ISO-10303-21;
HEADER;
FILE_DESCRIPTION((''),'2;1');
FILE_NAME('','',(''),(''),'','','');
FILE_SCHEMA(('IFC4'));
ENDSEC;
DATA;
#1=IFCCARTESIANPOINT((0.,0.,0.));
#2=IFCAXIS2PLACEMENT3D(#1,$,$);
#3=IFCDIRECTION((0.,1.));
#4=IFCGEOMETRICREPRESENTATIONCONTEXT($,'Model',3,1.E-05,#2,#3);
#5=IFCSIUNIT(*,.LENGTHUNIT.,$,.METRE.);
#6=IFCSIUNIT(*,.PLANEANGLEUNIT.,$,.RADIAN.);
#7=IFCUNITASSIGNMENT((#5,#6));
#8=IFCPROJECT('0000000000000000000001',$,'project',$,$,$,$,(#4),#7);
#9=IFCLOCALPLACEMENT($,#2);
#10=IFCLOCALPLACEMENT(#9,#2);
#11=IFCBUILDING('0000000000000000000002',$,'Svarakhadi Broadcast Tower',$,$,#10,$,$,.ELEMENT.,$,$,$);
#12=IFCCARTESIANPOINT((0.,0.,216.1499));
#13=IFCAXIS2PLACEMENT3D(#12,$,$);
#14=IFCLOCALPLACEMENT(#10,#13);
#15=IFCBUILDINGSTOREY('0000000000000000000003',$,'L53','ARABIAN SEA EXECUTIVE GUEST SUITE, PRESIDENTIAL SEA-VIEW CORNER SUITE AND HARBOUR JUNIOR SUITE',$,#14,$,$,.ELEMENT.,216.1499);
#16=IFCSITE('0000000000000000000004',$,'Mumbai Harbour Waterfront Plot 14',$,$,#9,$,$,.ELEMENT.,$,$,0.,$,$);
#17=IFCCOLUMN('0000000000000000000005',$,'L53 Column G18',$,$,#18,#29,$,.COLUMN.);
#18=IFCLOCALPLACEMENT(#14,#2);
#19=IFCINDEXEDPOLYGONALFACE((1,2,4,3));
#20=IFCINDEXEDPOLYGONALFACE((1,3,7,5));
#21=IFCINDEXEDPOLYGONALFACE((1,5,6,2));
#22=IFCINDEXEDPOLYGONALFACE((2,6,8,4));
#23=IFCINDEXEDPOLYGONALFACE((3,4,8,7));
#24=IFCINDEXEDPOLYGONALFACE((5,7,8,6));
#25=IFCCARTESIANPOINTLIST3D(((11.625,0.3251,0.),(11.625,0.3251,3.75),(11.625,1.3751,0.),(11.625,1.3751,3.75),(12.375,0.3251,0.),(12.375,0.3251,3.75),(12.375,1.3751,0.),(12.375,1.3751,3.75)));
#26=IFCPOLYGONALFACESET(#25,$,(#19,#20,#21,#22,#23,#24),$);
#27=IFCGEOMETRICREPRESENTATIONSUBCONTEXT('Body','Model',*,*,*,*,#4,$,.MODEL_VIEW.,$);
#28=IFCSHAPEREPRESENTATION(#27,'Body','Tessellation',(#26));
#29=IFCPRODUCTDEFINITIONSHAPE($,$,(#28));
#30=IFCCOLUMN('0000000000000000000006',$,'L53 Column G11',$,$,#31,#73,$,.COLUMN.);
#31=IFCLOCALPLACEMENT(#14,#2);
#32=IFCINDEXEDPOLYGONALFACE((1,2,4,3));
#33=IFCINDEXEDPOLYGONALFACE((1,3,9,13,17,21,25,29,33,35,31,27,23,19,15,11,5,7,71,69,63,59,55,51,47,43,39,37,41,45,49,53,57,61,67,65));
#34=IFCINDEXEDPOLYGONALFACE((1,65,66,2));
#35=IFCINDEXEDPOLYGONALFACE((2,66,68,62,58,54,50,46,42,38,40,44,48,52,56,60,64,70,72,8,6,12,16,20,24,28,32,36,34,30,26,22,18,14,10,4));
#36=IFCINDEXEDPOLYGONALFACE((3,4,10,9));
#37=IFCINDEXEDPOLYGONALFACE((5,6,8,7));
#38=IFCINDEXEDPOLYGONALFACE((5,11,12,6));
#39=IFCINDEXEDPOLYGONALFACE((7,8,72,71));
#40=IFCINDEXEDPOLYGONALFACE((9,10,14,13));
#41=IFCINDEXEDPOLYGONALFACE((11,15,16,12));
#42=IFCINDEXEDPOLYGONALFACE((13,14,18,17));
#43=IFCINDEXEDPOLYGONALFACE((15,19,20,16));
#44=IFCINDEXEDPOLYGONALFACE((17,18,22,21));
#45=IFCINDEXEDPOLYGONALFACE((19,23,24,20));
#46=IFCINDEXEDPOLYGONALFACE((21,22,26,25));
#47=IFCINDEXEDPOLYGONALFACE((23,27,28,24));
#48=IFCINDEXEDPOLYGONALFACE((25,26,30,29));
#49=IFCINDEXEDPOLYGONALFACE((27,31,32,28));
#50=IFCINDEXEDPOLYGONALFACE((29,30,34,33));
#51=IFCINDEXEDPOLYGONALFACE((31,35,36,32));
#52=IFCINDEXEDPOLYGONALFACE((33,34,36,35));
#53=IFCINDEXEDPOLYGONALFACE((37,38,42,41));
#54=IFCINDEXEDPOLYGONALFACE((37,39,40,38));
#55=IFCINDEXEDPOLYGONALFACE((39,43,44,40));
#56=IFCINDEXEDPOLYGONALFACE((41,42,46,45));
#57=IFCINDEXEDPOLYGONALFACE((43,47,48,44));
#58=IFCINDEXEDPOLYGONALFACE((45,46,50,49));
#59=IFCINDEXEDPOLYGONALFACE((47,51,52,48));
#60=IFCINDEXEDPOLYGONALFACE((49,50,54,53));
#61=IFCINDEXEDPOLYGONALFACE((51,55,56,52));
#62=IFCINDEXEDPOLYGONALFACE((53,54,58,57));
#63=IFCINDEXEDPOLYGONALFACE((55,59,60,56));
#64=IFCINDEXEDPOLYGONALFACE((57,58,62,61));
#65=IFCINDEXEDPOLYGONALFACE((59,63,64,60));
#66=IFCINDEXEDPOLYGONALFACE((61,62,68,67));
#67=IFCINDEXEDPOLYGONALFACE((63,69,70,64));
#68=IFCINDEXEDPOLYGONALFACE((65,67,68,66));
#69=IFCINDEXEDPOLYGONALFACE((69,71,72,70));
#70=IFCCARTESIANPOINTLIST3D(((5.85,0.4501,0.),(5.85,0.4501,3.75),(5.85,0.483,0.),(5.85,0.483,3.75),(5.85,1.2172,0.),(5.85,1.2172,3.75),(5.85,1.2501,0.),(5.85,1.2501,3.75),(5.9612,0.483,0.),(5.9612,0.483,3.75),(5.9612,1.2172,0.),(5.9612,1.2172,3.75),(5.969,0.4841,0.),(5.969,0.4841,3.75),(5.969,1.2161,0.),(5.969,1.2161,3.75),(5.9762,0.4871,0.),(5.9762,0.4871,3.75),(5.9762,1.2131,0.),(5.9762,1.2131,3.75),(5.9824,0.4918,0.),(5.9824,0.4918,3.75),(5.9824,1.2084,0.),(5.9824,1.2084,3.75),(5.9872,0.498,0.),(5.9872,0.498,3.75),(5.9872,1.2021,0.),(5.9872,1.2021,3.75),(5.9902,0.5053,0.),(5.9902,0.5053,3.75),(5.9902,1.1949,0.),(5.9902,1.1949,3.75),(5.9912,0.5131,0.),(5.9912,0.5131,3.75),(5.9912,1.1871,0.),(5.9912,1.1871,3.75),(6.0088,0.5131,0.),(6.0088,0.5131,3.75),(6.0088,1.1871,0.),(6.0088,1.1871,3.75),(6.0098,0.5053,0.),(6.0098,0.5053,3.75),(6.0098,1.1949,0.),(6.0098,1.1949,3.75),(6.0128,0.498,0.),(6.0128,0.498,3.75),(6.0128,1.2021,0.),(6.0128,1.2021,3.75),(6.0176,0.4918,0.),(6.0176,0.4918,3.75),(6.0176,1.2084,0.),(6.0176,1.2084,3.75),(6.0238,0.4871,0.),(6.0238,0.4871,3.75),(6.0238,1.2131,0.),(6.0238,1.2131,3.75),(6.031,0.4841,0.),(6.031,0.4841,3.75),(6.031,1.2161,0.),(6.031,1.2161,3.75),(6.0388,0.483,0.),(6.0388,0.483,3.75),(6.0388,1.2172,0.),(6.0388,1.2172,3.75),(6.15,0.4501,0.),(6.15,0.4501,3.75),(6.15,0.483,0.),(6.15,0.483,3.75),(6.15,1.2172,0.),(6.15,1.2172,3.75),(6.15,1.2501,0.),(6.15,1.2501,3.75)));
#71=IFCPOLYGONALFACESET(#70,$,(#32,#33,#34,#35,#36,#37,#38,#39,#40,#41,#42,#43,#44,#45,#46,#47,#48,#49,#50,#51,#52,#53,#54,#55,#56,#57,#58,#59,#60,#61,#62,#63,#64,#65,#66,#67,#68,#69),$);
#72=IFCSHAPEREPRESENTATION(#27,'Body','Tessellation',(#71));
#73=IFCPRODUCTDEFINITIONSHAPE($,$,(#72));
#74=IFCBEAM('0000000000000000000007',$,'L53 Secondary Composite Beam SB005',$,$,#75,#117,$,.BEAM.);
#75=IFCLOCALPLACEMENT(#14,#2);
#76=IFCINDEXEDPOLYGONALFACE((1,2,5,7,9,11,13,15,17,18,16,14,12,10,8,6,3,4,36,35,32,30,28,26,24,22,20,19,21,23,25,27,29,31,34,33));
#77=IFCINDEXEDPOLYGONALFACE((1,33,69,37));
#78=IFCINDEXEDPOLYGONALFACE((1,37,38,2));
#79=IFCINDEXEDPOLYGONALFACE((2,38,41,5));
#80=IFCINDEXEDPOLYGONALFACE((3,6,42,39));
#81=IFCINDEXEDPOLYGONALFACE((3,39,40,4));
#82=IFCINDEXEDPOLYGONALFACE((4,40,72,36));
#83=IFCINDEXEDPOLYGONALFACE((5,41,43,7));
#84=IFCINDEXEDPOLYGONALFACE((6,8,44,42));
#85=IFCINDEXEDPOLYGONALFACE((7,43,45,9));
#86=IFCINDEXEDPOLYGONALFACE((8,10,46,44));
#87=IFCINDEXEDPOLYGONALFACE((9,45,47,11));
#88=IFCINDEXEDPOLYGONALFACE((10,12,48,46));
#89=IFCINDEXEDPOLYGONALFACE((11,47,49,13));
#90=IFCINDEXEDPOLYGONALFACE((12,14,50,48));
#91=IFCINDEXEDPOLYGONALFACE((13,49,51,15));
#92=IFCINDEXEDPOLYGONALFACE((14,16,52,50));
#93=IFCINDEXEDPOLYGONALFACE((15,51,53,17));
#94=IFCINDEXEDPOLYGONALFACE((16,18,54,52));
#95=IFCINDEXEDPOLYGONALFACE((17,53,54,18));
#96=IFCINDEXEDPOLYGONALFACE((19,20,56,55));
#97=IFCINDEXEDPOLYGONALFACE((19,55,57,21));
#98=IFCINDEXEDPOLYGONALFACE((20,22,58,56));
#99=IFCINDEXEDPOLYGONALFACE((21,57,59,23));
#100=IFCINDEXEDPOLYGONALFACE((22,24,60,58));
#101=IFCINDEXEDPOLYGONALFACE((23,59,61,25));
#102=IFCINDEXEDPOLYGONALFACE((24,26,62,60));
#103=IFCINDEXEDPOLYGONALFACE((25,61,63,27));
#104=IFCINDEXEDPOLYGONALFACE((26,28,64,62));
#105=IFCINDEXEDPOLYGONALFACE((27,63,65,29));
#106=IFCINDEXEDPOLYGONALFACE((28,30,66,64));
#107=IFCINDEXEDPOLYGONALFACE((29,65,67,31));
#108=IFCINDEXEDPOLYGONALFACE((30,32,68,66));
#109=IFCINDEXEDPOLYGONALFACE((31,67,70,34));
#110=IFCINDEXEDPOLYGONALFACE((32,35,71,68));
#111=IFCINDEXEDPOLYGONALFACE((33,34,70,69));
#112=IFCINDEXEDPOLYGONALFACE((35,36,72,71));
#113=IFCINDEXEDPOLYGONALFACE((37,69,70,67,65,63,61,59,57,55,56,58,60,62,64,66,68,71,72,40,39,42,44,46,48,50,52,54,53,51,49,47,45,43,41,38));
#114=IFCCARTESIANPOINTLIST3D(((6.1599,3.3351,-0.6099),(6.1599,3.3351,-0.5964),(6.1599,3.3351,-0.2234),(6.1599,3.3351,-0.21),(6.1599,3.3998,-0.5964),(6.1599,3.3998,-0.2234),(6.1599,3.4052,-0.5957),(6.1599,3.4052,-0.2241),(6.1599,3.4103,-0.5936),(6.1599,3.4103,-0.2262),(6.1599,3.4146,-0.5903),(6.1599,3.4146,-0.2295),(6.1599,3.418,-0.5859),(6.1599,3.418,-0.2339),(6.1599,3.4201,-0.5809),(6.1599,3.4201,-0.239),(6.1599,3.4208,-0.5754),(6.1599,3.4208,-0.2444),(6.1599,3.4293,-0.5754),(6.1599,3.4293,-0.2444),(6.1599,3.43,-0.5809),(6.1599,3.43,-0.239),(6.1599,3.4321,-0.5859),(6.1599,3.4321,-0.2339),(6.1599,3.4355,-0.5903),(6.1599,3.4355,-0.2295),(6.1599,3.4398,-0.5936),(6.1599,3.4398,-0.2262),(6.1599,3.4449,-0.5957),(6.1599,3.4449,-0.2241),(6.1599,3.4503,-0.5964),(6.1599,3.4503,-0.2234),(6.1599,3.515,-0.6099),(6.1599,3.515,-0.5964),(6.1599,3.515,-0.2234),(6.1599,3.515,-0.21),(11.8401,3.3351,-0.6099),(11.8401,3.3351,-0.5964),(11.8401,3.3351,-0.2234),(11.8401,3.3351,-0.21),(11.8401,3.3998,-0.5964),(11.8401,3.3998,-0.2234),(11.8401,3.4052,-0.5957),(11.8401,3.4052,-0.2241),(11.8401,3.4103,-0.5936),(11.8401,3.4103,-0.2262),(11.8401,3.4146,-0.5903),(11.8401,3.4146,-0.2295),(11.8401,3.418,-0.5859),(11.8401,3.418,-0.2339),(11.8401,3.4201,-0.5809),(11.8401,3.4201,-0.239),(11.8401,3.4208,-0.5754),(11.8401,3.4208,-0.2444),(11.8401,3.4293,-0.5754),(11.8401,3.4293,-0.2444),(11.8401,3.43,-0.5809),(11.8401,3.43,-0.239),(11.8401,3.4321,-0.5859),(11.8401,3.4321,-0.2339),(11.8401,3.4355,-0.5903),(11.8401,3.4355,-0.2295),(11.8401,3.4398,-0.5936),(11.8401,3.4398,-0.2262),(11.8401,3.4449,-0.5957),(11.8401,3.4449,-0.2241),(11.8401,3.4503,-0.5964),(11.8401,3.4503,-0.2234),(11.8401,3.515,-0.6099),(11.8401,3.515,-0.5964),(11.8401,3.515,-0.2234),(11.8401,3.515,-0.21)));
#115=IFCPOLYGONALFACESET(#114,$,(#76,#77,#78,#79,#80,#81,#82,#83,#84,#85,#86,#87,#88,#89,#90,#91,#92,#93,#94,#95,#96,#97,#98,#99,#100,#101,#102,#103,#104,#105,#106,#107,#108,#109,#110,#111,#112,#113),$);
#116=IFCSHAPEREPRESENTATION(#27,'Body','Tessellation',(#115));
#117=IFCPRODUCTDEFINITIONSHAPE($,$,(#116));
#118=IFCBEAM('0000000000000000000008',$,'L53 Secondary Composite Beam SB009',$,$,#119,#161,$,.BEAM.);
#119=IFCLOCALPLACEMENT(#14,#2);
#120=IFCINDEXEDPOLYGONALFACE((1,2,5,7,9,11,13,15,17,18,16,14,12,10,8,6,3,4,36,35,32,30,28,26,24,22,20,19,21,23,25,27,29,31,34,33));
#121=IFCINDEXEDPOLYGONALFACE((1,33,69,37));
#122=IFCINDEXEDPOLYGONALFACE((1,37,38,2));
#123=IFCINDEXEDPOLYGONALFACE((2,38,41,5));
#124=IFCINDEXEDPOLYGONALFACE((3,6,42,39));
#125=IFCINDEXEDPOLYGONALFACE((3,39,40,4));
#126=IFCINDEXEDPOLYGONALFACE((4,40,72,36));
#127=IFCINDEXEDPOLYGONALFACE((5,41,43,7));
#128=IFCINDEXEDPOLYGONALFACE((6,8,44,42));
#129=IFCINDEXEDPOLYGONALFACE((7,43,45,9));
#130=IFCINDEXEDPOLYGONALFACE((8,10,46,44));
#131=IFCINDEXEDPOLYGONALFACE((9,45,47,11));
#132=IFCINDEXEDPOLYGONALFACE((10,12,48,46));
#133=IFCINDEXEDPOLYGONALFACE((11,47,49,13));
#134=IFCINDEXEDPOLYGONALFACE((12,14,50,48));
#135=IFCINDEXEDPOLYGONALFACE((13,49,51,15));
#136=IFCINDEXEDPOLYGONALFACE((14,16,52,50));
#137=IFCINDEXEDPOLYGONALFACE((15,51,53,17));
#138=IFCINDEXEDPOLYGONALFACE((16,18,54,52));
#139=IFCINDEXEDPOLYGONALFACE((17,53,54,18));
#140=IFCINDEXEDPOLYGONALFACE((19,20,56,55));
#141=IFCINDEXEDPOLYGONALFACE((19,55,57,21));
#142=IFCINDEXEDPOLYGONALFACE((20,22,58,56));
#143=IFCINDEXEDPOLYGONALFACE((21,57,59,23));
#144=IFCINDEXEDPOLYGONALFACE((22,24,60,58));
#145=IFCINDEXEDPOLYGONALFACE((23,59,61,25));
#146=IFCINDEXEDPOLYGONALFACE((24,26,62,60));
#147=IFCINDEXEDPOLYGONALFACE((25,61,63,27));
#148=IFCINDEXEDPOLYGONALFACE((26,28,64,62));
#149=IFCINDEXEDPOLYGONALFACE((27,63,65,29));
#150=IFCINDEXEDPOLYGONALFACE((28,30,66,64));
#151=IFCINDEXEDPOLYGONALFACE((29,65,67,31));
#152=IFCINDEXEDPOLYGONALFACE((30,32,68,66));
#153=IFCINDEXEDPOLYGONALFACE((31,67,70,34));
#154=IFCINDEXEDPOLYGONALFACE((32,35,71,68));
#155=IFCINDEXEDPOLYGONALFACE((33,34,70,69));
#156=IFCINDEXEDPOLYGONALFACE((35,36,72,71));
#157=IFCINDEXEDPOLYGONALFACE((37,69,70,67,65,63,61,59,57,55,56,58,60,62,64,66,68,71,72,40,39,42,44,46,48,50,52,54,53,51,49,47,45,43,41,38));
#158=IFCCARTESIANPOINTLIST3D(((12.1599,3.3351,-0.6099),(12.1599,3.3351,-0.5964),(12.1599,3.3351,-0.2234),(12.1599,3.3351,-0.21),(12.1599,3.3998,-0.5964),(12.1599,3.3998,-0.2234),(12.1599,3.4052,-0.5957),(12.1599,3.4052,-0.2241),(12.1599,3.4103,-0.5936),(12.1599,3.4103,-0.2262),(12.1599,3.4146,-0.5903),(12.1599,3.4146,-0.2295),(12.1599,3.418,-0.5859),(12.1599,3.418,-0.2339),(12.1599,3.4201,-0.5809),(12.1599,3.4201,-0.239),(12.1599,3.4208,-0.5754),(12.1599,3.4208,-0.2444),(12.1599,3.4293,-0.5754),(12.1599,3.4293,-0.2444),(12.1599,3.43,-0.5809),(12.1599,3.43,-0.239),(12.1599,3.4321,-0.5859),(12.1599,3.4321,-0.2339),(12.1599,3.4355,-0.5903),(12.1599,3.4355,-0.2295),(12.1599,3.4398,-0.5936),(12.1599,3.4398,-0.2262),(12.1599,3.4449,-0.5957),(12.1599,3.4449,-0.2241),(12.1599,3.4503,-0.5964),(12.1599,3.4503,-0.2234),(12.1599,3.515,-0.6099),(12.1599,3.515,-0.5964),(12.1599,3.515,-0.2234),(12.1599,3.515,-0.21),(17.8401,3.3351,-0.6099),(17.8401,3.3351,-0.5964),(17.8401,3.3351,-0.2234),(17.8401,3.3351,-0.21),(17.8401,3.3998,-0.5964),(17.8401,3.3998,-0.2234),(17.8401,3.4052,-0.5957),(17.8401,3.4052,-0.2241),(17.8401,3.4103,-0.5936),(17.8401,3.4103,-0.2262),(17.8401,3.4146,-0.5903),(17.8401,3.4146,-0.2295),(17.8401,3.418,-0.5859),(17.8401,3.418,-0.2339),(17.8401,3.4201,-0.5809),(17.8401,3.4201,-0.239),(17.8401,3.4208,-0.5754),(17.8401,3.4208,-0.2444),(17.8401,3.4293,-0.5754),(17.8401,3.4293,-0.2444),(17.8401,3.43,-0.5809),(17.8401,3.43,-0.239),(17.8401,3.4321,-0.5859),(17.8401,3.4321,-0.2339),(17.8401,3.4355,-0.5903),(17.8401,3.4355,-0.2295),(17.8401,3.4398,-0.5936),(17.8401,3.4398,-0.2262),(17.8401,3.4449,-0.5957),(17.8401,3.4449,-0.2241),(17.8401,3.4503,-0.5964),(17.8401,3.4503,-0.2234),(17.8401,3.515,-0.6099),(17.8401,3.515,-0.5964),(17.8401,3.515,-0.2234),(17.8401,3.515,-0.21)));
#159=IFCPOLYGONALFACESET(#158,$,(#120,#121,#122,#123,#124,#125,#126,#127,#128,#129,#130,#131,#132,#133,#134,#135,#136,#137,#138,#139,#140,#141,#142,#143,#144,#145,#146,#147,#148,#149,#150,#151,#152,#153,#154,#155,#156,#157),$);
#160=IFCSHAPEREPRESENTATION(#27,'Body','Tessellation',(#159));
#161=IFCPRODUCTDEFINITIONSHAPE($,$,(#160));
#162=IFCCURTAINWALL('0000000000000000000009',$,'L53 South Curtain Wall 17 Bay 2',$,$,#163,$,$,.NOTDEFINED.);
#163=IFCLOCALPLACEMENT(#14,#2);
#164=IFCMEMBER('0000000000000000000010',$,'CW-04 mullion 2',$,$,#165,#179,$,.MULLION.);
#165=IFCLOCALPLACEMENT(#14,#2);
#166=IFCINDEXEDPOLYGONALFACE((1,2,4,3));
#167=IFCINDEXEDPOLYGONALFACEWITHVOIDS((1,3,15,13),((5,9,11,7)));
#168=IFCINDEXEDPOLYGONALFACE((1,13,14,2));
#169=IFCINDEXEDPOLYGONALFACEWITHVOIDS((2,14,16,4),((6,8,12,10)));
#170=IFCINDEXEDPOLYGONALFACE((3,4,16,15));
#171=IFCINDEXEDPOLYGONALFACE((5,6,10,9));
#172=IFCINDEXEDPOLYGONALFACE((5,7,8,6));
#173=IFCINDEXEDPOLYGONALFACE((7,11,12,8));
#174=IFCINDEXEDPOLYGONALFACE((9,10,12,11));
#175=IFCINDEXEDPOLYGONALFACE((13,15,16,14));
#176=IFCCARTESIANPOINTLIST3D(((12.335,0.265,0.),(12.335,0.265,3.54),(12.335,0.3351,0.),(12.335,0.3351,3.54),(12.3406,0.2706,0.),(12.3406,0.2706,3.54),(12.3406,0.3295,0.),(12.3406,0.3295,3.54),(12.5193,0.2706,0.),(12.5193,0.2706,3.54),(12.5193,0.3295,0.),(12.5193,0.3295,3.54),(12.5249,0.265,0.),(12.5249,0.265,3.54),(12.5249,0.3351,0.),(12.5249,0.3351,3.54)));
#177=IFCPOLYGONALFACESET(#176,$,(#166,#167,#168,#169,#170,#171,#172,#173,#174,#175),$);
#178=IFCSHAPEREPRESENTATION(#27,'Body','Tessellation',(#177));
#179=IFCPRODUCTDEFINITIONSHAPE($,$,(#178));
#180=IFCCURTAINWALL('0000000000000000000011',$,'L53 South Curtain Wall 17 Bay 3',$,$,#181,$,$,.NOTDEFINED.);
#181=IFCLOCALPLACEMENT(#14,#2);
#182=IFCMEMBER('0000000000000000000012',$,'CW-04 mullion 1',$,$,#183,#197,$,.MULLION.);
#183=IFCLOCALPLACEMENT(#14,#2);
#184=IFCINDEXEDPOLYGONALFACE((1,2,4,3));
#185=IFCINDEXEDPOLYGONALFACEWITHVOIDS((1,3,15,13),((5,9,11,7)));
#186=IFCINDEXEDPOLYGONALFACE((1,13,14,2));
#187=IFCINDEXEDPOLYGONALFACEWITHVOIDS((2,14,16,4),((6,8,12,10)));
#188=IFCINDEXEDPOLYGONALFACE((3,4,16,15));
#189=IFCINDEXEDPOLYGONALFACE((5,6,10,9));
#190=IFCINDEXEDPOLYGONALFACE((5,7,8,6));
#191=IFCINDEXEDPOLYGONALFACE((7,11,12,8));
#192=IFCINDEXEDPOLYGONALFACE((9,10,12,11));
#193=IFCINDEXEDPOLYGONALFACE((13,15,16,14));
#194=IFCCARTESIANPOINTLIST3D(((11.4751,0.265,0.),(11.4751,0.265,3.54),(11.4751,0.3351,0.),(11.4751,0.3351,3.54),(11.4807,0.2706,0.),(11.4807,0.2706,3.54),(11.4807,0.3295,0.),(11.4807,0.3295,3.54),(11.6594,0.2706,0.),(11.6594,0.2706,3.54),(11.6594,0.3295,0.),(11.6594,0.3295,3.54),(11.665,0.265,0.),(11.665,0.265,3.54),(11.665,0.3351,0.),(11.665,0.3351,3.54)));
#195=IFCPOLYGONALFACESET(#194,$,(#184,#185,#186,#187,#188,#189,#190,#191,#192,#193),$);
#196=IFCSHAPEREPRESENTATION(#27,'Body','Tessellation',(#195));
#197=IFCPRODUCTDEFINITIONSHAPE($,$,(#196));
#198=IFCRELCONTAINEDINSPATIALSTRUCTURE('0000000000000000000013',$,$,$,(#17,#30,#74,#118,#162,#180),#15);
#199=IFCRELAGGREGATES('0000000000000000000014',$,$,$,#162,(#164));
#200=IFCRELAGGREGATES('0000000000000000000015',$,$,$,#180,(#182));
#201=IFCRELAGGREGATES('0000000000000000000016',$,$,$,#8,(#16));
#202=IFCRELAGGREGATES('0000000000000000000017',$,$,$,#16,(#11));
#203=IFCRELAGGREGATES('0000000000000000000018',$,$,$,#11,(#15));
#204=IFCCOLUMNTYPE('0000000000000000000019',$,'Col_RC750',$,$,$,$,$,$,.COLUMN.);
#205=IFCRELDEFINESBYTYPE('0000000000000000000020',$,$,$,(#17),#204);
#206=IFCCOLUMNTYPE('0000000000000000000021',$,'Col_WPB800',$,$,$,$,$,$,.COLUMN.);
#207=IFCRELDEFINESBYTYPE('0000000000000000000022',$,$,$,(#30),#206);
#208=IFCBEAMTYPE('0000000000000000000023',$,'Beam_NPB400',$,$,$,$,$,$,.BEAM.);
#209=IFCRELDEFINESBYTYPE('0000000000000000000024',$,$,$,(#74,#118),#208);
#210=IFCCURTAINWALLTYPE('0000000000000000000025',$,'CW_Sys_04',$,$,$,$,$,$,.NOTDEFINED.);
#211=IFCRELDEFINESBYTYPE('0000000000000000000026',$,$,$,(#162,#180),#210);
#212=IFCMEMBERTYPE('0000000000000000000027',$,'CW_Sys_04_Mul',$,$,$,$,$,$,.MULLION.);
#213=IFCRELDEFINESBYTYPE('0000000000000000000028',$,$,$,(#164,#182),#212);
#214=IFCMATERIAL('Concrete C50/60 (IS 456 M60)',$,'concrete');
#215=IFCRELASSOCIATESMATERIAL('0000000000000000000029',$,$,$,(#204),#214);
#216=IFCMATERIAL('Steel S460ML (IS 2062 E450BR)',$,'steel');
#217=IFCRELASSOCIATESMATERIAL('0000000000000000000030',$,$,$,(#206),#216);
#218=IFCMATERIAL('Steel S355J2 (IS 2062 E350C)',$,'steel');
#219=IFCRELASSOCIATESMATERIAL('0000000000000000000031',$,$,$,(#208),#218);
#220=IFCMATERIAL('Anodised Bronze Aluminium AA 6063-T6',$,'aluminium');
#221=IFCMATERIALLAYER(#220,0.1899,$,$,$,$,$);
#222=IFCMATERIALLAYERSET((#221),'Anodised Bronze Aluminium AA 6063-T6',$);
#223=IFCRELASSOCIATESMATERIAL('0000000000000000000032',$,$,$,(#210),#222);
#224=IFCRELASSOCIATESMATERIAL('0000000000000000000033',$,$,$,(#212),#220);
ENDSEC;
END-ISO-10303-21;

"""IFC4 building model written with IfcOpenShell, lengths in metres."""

from ifc_helpers import new_model, si_unit, direction, frame, origin, origin_2d, place, context, subcontext, project, spatial, rectangle, hollow_rectangle, i_section, extrude, material, layer, layer_set, material_profile, profile_set, type_object, element, aggregate, save


model = new_model("IFC4")

# Units and contexts
model_context = context("Model", 3, precision=1e-05, world=origin(), true_north=direction((0.0, 1.0)))
body_context = subcontext(model_context, "Body", "Model", "MODEL_VIEW")
ifc_project = project(units=[si_unit("LENGTHUNIT", "METRE"), si_unit("PLANEANGLEUNIT", "RADIAN")], contexts=[model_context])

# Site, building, storey
site_placement = place(None, origin())
site = spatial("IfcSite", under=ifc_project, at=site_placement, Name="Mumbai Harbour Waterfront Plot 14", CompositionType="ELEMENT", RefElevation=0.0)
building_placement = place(site_placement, origin())
building = spatial("IfcBuilding", under=site, at=building_placement, Name="Svarakhadi Broadcast Tower", CompositionType="ELEMENT")
storey_placement = place(building_placement, frame((0.0, 0.0, 216.1499)))
storey = spatial("IfcBuildingStorey", under=building, at=storey_placement, Name="L53", Description="ARABIAN SEA EXECUTIVE GUEST SUITE, PRESIDENTIAL SEA-VIEW CORNER SUITE AND HARBOUR JUNIOR SUITE", CompositionType="ELEMENT", Elevation=216.1499)

# Columns
ifc_material_1 = material(Name="Concrete C50/60 (IS 456 M60)", Category="concrete")
ifc_material_profile_1 = material_profile(ifc_material_1, rectangle(XDim=0.75, YDim=1.05, at=origin_2d()), Name="RC 750x1050")
ifc_profile_set_1 = profile_set([ifc_material_profile_1], Name="Concrete C50/60 (IS 456 M60)")
column_type_1 = type_object("IfcColumnType", Name="Col_RC750", PredefinedType="COLUMN", material=ifc_profile_set_1)
column_1_placement = place(storey_placement, frame((12.0, 0.8501, 0.0), z_axis=(0.0, 0.0, 1.0), x_axis=(1.0, 0.0, 0.0)))
element("IfcColumn", 1, at=column_1_placement, inside=storey, type_object=column_type_1, Name="L53 Column G18", PredefinedType="COLUMN", context=body_context, shape_type="SweptSolid", body=[
    extrude(rectangle(XDim=0.75, YDim=1.05, at=origin_2d()), origin(), (0.0, 0.0, 1.0), 3.75),
])
ifc_material_2 = material(Name="Steel S460ML (IS 2062 E450BR)", Category="steel")
ifc_material_profile_2 = material_profile(ifc_material_2, i_section(OverallWidth=0.3, OverallDepth=0.8, WebThickness=0.0176, FlangeThickness=0.033, FilletRadius=0.03, at=origin_2d()), Name="WPB 800x300x262")
ifc_profile_set_2 = profile_set([ifc_material_profile_2], Name="Steel S460ML (IS 2062 E450BR)")
column_type_2 = type_object("IfcColumnType", Name="Col_WPB800", PredefinedType="COLUMN", material=ifc_profile_set_2)
column_2_placement = place(storey_placement, frame((6.0, 0.8501, 0.0), z_axis=(0.0, 0.0, 1.0), x_axis=(1.0, 0.0, 0.0)))
element("IfcColumn", 2, at=column_2_placement, inside=storey, type_object=column_type_2, Name="L53 Column G11", PredefinedType="COLUMN", context=body_context, shape_type="SweptSolid", body=[
    extrude(i_section(OverallWidth=0.3, OverallDepth=0.8, WebThickness=0.0176, FlangeThickness=0.033, FilletRadius=0.03, at=origin_2d()), origin(), (0.0, 0.0, 1.0), 3.75),
])

# Beams
ifc_material_3 = material(Name="Steel S355J2 (IS 2062 E350C)", Category="steel")
ifc_material_profile_3 = material_profile(ifc_material_3, i_section(OverallWidth=0.1799, OverallDepth=0.3999, WebThickness=0.0085, FlangeThickness=0.0134, FilletRadius=0.021, at=origin_2d()), Name="NPB 400x180x66")
ifc_profile_set_3 = profile_set([ifc_material_profile_3], Name="Steel S355J2 (IS 2062 E350C)")
beam_type_1 = type_object("IfcBeamType", Name="Beam_NPB400", PredefinedType="BEAM", material=ifc_profile_set_3)
for number, where, z_axis, x_axis, name in (
    (3, (6.1599, 3.425, -0.4099), (1.0, 0.0, 0.0), (0.0, 1.0, 0.0), "L53 Secondary Composite Beam SB005"),
    (4, (12.1599, 3.425, -0.4099), (1.0, 0.0, 0.0), (0.0, 1.0, 0.0), "L53 Secondary Composite Beam SB009"),
):
    element("IfcBeam", number, at=place(storey_placement, frame(where, z_axis=z_axis, x_axis=x_axis)), inside=storey, type_object=beam_type_1, Name=name, PredefinedType="BEAM", context=body_context, shape_type="SweptSolid", body=[
        extrude(i_section(OverallWidth=0.1799, OverallDepth=0.3999, WebThickness=0.0085, FlangeThickness=0.0134, FilletRadius=0.021, at=origin_2d()), origin(), (0.0, 0.0, 1.0), 5.6802),
    ])

# Curtain wall, member
ifc_material_4 = material(Name="Anodised Bronze Aluminium AA 6063-T6", Category="aluminium")
ifc_layer_1 = layer(ifc_material_4, 0.1899)
ifc_layer_set_1 = layer_set([ifc_layer_1], Name="Anodised Bronze Aluminium AA 6063-T6")
curtain_wall_type = type_object("IfcCurtainWallType", Name="CW_Sys_04", PredefinedType="NOTDEFINED", material=ifc_layer_set_1)
curtain_wall_1_placement = place(storey_placement, origin())
curtain_wall_1 = element("IfcCurtainWall", 5, at=curtain_wall_1_placement, inside=storey, type_object=curtain_wall_type, Name="L53 South Curtain Wall 17 Bay 2", PredefinedType="NOTDEFINED")
ifc_material_profile_4 = material_profile(ifc_material_4, hollow_rectangle(XDim=0.0701, YDim=0.1899, WallThickness=0.0056, at=origin_2d()), Name="ALU MULLION 190x70x6")
ifc_profile_set_4 = profile_set([ifc_material_profile_4], Name="Anodised Bronze Aluminium AA 6063-T6")
member_type_1 = type_object("IfcMemberType", Name="CW_Sys_04_Mul", PredefinedType="MULLION", material=ifc_profile_set_4)
member_1_placement = place(storey_placement, frame((12.4299, 0.3, 0.0), z_axis=(0.0, 0.0, 1.0), x_axis=(0.0, -1.0, 0.0)))
member_1 = element("IfcMember", 6, at=member_1_placement, type_object=member_type_1, Name="CW-04 mullion 2", PredefinedType="MULLION", context=body_context, shape_type="SweptSolid", body=[
    extrude(hollow_rectangle(XDim=0.0701, YDim=0.1899, WallThickness=0.0056, at=origin_2d()), origin(), (0.0, 0.0, 1.0), 3.54),
])
aggregate(curtain_wall_1, [member_1])

# Curtain wall, member
curtain_wall_2_placement = place(storey_placement, origin())
curtain_wall_2 = element("IfcCurtainWall", 7, at=curtain_wall_2_placement, inside=storey, type_object=curtain_wall_type, Name="L53 South Curtain Wall 17 Bay 3", PredefinedType="NOTDEFINED")
member_2_placement = place(storey_placement, frame((11.5701, 0.3, 0.0), z_axis=(0.0, 0.0, 1.0), x_axis=(0.0, -1.0, 0.0)))
member_2 = element("IfcMember", 8, at=member_2_placement, type_object=member_type_1, Name="CW-04 mullion 1", PredefinedType="MULLION", context=body_context, shape_type="SweptSolid", body=[
    extrude(hollow_rectangle(XDim=0.0701, YDim=0.1899, WallThickness=0.0056, at=origin_2d()), origin(), (0.0, 0.0, 1.0), 3.54),
])

aggregate(curtain_wall_2, [member_2])

save(model, "model.ifc")
